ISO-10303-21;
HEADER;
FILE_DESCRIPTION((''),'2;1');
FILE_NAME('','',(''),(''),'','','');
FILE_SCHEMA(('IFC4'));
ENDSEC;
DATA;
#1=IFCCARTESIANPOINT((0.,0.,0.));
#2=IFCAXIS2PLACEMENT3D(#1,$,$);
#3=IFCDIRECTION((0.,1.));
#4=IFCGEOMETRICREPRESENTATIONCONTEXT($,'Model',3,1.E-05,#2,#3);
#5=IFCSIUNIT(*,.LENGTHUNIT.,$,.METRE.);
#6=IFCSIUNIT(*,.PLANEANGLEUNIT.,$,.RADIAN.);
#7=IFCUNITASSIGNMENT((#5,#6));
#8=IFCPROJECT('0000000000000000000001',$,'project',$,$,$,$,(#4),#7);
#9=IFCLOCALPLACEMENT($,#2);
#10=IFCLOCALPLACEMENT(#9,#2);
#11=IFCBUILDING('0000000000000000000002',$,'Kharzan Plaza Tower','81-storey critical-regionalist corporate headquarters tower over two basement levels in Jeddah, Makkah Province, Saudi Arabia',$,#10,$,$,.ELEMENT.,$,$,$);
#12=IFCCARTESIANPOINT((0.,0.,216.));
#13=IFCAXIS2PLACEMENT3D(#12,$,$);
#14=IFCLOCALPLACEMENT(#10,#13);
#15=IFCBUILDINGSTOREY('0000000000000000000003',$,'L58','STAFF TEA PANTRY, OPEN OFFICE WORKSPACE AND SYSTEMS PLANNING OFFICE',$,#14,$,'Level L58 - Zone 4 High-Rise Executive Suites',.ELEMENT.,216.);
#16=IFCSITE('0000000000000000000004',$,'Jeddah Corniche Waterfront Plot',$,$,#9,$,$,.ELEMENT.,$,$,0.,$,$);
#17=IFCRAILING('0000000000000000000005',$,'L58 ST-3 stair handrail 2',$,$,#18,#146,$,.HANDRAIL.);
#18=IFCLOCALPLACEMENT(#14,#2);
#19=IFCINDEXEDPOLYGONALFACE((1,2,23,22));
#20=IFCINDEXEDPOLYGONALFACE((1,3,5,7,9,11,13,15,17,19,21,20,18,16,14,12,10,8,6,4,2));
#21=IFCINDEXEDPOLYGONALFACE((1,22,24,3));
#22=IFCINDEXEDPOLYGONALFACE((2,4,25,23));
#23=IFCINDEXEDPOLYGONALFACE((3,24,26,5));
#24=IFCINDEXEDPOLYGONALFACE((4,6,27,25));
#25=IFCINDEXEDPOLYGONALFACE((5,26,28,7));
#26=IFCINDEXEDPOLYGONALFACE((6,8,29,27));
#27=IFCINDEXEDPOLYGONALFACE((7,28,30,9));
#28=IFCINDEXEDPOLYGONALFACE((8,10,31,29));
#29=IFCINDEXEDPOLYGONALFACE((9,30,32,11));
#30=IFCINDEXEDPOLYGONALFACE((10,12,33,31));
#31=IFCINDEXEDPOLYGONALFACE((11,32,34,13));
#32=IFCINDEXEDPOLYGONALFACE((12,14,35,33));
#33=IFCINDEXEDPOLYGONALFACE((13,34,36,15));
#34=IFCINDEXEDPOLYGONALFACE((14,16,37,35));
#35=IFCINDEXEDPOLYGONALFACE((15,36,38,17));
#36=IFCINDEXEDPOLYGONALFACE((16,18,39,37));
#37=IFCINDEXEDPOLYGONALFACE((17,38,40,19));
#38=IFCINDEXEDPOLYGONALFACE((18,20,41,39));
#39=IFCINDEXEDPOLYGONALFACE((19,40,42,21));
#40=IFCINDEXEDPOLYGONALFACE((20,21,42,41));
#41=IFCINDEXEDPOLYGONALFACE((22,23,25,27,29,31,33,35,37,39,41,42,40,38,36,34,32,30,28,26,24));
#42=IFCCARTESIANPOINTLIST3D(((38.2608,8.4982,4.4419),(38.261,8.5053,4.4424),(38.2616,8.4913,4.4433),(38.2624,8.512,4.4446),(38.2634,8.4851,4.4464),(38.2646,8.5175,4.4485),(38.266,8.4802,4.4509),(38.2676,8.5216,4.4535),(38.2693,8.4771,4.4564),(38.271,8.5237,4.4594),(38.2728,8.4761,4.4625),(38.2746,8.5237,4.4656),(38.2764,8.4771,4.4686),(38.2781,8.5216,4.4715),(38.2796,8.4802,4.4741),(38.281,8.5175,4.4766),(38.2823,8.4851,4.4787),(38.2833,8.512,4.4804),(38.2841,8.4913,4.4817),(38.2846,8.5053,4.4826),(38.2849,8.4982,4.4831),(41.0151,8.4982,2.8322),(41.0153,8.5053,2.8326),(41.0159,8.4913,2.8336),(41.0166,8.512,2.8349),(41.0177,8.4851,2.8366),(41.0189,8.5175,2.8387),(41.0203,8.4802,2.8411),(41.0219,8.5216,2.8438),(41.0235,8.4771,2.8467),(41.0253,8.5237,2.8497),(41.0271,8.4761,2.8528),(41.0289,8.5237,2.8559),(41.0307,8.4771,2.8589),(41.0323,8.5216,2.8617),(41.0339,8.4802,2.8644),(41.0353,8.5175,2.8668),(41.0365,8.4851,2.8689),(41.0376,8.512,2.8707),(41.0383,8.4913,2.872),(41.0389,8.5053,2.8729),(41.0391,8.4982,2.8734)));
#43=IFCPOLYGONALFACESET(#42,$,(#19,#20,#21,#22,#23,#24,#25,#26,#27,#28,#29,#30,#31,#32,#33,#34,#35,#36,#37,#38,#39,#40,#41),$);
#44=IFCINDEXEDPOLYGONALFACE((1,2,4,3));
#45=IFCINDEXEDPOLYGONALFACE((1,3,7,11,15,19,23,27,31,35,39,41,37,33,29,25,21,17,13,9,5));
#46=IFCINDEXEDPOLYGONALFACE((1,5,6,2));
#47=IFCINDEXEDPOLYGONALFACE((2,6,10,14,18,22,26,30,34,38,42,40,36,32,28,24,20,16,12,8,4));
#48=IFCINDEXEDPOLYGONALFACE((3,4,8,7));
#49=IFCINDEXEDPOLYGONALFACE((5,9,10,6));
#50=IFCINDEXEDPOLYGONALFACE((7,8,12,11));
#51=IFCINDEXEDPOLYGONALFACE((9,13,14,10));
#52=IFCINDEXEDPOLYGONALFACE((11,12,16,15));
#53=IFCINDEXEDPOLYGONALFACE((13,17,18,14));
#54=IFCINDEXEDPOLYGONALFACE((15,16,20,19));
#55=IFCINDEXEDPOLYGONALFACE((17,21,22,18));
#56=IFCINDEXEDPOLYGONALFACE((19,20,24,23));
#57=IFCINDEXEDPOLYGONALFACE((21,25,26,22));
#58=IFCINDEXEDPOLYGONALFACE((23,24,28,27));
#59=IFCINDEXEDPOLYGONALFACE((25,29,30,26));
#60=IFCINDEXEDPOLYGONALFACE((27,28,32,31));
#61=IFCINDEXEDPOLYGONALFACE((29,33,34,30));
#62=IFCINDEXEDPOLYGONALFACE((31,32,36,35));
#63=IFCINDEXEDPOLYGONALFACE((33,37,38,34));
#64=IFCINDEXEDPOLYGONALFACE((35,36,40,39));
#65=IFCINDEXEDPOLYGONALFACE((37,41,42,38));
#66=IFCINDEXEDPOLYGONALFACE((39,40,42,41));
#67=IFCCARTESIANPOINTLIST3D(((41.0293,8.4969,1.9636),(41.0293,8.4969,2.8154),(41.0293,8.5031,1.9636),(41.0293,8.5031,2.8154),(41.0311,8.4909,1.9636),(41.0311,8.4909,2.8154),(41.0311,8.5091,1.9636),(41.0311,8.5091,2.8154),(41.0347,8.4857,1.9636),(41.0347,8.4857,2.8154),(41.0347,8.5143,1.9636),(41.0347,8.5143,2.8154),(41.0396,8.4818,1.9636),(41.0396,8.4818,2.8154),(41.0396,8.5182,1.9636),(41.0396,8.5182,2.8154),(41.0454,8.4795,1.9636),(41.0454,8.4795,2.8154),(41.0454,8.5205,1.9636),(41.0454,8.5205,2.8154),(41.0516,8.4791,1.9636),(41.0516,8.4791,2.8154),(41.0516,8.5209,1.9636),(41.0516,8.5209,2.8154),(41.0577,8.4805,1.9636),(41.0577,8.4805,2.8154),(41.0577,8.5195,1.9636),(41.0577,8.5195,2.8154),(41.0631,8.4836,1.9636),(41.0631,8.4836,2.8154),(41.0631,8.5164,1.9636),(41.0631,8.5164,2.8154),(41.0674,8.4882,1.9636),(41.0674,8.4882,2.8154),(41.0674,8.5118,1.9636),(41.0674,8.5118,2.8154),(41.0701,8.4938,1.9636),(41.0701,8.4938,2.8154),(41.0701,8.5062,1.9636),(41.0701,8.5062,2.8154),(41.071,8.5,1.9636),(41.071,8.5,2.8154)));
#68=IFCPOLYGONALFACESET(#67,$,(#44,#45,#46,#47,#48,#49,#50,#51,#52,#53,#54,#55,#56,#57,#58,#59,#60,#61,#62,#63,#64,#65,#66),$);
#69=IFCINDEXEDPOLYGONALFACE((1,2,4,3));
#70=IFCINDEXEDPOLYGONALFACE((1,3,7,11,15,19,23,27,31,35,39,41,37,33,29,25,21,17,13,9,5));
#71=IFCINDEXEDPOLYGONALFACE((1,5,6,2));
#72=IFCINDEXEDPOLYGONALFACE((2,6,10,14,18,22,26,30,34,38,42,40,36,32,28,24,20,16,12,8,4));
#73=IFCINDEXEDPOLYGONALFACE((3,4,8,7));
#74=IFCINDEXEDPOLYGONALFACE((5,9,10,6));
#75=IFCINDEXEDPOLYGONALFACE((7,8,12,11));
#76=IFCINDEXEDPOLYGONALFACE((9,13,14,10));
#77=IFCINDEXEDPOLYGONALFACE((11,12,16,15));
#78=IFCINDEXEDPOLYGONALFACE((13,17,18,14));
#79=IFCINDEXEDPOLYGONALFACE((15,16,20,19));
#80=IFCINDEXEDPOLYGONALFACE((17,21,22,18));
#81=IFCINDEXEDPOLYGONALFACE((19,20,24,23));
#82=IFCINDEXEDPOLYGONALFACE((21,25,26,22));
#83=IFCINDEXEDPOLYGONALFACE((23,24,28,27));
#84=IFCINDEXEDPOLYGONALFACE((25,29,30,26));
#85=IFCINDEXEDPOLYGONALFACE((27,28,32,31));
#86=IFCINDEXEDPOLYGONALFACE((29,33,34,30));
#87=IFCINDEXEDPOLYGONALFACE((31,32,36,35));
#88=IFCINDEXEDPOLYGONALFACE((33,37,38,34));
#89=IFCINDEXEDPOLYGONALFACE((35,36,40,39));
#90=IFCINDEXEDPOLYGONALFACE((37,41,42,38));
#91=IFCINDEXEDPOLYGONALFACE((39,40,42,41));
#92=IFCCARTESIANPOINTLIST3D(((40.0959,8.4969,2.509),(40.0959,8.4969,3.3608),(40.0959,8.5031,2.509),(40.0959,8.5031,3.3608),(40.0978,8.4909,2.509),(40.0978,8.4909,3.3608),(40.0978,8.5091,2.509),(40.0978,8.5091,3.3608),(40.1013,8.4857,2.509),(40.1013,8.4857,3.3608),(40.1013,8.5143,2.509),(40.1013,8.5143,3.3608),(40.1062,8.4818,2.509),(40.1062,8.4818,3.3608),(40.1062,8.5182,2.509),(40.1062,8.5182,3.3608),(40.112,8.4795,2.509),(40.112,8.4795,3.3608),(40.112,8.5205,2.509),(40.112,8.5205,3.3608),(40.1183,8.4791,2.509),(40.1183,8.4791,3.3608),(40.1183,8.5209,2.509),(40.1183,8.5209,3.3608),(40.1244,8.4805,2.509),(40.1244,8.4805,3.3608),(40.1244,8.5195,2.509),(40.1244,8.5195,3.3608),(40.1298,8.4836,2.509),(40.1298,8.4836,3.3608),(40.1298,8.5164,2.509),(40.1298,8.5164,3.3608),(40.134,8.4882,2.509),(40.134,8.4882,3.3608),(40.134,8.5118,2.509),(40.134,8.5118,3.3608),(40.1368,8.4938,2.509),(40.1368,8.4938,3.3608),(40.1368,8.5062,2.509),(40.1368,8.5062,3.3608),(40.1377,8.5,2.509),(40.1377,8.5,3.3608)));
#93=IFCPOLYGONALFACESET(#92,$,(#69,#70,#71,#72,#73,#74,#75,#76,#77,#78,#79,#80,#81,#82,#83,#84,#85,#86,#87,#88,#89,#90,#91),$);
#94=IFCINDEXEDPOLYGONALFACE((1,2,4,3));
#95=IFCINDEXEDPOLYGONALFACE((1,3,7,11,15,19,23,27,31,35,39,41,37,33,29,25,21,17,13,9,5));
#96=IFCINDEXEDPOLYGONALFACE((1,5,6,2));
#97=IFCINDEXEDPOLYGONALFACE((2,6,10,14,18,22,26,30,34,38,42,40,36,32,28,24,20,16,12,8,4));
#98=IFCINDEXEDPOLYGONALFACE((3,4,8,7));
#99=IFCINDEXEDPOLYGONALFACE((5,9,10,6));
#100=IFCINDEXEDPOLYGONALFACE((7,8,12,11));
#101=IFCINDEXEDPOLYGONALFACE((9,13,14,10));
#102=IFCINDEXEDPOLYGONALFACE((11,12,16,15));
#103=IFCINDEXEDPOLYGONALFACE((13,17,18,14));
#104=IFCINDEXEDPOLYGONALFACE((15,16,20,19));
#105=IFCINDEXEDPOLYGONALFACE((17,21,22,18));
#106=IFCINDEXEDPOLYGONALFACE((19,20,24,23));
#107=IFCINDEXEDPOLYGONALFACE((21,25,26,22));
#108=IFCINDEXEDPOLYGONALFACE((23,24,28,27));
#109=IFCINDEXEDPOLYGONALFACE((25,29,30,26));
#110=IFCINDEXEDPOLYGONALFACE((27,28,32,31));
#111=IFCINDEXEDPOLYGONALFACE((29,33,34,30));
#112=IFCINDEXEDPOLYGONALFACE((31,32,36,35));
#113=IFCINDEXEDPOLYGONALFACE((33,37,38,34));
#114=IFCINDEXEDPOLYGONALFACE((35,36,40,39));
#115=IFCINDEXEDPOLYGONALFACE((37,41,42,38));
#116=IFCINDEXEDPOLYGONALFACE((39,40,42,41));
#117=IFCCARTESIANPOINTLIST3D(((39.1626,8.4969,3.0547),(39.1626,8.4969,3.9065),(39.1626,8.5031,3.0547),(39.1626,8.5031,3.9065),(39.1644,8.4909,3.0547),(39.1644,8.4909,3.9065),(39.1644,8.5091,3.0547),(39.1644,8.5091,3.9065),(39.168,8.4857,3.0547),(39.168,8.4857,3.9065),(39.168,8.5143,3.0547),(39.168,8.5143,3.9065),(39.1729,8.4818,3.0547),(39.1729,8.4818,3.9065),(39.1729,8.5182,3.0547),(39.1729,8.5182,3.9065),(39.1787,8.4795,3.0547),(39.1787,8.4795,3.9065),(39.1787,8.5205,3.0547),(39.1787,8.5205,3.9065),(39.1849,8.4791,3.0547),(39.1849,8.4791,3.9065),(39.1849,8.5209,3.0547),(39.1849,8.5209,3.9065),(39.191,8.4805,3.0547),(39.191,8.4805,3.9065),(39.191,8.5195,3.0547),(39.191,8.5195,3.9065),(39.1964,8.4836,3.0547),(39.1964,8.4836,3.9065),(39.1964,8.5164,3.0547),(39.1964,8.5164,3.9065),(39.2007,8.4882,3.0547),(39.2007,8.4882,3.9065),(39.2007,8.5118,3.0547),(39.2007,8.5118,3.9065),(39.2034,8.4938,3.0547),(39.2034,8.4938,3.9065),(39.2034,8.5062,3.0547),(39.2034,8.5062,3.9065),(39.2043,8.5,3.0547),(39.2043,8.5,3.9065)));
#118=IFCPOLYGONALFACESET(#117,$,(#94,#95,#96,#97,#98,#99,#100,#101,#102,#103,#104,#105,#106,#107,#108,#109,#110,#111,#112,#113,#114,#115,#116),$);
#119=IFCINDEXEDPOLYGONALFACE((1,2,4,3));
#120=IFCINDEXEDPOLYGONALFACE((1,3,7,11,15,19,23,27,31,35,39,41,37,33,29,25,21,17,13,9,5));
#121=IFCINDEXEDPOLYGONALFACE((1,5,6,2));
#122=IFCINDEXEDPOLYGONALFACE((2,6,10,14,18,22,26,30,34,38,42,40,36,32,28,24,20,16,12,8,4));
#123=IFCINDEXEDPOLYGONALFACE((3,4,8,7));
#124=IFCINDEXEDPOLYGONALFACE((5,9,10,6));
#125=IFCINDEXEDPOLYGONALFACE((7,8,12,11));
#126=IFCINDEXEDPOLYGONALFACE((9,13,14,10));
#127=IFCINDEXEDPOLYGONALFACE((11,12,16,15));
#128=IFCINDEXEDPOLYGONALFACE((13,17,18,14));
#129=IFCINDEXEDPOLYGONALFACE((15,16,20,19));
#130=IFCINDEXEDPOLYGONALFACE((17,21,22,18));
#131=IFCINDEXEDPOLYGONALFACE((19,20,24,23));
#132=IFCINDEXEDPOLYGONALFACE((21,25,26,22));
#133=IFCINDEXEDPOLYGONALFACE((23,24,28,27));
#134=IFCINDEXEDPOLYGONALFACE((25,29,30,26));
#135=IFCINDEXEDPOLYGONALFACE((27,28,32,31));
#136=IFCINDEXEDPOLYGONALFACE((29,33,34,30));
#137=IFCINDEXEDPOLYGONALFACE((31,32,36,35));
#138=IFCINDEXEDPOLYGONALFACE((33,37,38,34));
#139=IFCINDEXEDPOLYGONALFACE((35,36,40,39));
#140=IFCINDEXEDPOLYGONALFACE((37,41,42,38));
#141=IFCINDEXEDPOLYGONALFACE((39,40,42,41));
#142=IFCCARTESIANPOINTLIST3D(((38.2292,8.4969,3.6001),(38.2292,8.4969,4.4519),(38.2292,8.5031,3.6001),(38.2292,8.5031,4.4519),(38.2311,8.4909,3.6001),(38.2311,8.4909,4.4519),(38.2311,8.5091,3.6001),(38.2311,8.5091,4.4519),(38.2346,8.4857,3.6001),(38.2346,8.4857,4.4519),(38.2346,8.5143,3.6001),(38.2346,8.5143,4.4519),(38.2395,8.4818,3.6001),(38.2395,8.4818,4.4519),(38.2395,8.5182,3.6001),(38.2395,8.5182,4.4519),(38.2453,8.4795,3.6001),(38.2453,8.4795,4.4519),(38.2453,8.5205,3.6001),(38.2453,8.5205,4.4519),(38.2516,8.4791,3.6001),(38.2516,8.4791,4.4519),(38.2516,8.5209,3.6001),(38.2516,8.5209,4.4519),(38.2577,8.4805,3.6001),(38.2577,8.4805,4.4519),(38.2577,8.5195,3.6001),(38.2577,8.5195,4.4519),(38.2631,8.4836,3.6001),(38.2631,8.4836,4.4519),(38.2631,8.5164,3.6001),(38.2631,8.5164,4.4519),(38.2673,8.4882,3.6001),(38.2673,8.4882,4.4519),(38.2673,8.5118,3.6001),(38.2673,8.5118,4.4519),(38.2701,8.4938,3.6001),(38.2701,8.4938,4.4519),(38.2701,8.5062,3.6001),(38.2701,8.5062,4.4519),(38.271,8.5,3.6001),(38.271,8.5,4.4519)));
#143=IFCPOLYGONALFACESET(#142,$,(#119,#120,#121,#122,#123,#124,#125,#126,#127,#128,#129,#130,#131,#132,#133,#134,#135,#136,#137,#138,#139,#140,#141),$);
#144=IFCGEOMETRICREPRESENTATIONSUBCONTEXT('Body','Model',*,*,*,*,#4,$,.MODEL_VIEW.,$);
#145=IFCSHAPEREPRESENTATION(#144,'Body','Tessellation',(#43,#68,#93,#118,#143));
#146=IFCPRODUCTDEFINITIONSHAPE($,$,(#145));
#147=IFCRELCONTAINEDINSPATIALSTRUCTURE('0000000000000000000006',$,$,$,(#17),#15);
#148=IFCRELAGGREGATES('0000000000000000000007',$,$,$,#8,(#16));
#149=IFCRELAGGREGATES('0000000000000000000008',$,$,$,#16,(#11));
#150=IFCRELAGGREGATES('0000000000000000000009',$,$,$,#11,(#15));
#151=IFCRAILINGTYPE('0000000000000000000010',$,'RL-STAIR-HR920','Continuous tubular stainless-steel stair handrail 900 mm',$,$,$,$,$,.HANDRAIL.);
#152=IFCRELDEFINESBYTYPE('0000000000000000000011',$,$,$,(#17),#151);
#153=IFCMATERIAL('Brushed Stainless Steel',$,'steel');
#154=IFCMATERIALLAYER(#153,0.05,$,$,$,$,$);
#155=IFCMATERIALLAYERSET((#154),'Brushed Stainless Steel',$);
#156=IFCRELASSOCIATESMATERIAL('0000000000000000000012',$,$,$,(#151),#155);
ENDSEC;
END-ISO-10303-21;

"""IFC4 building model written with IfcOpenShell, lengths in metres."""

from ifc_helpers import new_model, si_unit, direction, frame, origin, origin_2d, place, context, subcontext, project, spatial, circle, extrude, source, transform, mapped, material, layer, layer_set, type_object, element, save


model = new_model("IFC4")

# Units and contexts
model_context = context("Model", 3, precision=1e-05, world=origin(), true_north=direction((0.0, 1.0)))
body_context = subcontext(model_context, "Body", "Model", "MODEL_VIEW")
ifc_project = project(units=[si_unit("LENGTHUNIT", "METRE"), si_unit("PLANEANGLEUNIT", "RADIAN")], contexts=[model_context])

# Site, building, storey
site_placement = place(None, origin())
site = spatial("IfcSite", under=ifc_project, at=site_placement, Name="Jeddah Corniche Waterfront Plot", CompositionType="ELEMENT", RefElevation=0.0)
building_placement = place(site_placement, origin())
building = spatial("IfcBuilding", under=site, at=building_placement, Name="Kharzan Plaza Tower", Description="81-storey critical-regionalist corporate headquarters tower over two basement levels in Jeddah, Makkah Province, Saudi Arabia", CompositionType="ELEMENT")
storey_placement = place(building_placement, frame((0.0, 0.0, 216.0)))
storey = spatial("IfcBuildingStorey", under=building, at=storey_placement, Name="L58", Description="STAFF TEA PANTRY, OPEN OFFICE WORKSPACE AND SYSTEMS PLANNING OFFICE", LongName="Level L58 - Zone 4 High-Rise Executive Suites", CompositionType="ELEMENT", Elevation=216.0)

# Shared definitions
ifc_material_1 = material(Name="Brushed Stainless Steel", Category="steel")

# Railing
ifc_layer_1 = layer(ifc_material_1, 0.05)
ifc_layer_set_1 = layer_set([ifc_layer_1], Name="Brushed Stainless Steel")
railing_type_1 = type_object("IfcRailingType", Name="RL-STAIR-HR920", Description="Continuous tubular stainless-steel stair handrail 900 mm", PredefinedType="HANDRAIL", material=ifc_layer_set_1)
shared_shape_1 = source(origin(), body_context, "Body", "SweptSolid", [
    extrude(circle(Radius=0.0239, at=origin_2d()), frame((-0.0229, 0.0, 0.8892), z_axis=(-0.863361, 0.0, 0.504587), x_axis=(0.0, -1.0, 0.0)), (0.0, 0.0, 1.0), 3.1902),
    extrude(circle(Radius=0.021, at=origin_2d()), origin(), (0.0, 0.0, 1.0), 0.8518),
    extrude(circle(Radius=0.021, at=origin_2d()), frame((-0.9333, 0.0, 0.5454)), (0.0, 0.0, 1.0), 0.8518),
    extrude(circle(Radius=0.021, at=origin_2d()), frame((-1.8667, 0.0, 1.0911)), (0.0, 0.0, 1.0), 0.8518),
    extrude(circle(Radius=0.021, at=origin_2d()), frame((-2.8, 0.0, 1.6365)), (0.0, 0.0, 1.0), 0.8518),
])
railing_1_placement = place(storey_placement, frame((41.05, 8.5, 1.9636)))
element("IfcRailing", 1, at=railing_1_placement, inside=storey, type_object=railing_type_1, Name="L58 ST-3 stair handrail 2", PredefinedType="HANDRAIL", context=body_context, shape_type="MappedRepresentation", body=[
    mapped(shared_shape_1, transform((0.0, 0.0, 0.0), x_axis=(1.0, 0.0, 0.0), y_axis=(0.0, 1.0, 0.0), z_axis=(0.0, 0.0, 1.0))),
])

save(model, "model.ifc")
